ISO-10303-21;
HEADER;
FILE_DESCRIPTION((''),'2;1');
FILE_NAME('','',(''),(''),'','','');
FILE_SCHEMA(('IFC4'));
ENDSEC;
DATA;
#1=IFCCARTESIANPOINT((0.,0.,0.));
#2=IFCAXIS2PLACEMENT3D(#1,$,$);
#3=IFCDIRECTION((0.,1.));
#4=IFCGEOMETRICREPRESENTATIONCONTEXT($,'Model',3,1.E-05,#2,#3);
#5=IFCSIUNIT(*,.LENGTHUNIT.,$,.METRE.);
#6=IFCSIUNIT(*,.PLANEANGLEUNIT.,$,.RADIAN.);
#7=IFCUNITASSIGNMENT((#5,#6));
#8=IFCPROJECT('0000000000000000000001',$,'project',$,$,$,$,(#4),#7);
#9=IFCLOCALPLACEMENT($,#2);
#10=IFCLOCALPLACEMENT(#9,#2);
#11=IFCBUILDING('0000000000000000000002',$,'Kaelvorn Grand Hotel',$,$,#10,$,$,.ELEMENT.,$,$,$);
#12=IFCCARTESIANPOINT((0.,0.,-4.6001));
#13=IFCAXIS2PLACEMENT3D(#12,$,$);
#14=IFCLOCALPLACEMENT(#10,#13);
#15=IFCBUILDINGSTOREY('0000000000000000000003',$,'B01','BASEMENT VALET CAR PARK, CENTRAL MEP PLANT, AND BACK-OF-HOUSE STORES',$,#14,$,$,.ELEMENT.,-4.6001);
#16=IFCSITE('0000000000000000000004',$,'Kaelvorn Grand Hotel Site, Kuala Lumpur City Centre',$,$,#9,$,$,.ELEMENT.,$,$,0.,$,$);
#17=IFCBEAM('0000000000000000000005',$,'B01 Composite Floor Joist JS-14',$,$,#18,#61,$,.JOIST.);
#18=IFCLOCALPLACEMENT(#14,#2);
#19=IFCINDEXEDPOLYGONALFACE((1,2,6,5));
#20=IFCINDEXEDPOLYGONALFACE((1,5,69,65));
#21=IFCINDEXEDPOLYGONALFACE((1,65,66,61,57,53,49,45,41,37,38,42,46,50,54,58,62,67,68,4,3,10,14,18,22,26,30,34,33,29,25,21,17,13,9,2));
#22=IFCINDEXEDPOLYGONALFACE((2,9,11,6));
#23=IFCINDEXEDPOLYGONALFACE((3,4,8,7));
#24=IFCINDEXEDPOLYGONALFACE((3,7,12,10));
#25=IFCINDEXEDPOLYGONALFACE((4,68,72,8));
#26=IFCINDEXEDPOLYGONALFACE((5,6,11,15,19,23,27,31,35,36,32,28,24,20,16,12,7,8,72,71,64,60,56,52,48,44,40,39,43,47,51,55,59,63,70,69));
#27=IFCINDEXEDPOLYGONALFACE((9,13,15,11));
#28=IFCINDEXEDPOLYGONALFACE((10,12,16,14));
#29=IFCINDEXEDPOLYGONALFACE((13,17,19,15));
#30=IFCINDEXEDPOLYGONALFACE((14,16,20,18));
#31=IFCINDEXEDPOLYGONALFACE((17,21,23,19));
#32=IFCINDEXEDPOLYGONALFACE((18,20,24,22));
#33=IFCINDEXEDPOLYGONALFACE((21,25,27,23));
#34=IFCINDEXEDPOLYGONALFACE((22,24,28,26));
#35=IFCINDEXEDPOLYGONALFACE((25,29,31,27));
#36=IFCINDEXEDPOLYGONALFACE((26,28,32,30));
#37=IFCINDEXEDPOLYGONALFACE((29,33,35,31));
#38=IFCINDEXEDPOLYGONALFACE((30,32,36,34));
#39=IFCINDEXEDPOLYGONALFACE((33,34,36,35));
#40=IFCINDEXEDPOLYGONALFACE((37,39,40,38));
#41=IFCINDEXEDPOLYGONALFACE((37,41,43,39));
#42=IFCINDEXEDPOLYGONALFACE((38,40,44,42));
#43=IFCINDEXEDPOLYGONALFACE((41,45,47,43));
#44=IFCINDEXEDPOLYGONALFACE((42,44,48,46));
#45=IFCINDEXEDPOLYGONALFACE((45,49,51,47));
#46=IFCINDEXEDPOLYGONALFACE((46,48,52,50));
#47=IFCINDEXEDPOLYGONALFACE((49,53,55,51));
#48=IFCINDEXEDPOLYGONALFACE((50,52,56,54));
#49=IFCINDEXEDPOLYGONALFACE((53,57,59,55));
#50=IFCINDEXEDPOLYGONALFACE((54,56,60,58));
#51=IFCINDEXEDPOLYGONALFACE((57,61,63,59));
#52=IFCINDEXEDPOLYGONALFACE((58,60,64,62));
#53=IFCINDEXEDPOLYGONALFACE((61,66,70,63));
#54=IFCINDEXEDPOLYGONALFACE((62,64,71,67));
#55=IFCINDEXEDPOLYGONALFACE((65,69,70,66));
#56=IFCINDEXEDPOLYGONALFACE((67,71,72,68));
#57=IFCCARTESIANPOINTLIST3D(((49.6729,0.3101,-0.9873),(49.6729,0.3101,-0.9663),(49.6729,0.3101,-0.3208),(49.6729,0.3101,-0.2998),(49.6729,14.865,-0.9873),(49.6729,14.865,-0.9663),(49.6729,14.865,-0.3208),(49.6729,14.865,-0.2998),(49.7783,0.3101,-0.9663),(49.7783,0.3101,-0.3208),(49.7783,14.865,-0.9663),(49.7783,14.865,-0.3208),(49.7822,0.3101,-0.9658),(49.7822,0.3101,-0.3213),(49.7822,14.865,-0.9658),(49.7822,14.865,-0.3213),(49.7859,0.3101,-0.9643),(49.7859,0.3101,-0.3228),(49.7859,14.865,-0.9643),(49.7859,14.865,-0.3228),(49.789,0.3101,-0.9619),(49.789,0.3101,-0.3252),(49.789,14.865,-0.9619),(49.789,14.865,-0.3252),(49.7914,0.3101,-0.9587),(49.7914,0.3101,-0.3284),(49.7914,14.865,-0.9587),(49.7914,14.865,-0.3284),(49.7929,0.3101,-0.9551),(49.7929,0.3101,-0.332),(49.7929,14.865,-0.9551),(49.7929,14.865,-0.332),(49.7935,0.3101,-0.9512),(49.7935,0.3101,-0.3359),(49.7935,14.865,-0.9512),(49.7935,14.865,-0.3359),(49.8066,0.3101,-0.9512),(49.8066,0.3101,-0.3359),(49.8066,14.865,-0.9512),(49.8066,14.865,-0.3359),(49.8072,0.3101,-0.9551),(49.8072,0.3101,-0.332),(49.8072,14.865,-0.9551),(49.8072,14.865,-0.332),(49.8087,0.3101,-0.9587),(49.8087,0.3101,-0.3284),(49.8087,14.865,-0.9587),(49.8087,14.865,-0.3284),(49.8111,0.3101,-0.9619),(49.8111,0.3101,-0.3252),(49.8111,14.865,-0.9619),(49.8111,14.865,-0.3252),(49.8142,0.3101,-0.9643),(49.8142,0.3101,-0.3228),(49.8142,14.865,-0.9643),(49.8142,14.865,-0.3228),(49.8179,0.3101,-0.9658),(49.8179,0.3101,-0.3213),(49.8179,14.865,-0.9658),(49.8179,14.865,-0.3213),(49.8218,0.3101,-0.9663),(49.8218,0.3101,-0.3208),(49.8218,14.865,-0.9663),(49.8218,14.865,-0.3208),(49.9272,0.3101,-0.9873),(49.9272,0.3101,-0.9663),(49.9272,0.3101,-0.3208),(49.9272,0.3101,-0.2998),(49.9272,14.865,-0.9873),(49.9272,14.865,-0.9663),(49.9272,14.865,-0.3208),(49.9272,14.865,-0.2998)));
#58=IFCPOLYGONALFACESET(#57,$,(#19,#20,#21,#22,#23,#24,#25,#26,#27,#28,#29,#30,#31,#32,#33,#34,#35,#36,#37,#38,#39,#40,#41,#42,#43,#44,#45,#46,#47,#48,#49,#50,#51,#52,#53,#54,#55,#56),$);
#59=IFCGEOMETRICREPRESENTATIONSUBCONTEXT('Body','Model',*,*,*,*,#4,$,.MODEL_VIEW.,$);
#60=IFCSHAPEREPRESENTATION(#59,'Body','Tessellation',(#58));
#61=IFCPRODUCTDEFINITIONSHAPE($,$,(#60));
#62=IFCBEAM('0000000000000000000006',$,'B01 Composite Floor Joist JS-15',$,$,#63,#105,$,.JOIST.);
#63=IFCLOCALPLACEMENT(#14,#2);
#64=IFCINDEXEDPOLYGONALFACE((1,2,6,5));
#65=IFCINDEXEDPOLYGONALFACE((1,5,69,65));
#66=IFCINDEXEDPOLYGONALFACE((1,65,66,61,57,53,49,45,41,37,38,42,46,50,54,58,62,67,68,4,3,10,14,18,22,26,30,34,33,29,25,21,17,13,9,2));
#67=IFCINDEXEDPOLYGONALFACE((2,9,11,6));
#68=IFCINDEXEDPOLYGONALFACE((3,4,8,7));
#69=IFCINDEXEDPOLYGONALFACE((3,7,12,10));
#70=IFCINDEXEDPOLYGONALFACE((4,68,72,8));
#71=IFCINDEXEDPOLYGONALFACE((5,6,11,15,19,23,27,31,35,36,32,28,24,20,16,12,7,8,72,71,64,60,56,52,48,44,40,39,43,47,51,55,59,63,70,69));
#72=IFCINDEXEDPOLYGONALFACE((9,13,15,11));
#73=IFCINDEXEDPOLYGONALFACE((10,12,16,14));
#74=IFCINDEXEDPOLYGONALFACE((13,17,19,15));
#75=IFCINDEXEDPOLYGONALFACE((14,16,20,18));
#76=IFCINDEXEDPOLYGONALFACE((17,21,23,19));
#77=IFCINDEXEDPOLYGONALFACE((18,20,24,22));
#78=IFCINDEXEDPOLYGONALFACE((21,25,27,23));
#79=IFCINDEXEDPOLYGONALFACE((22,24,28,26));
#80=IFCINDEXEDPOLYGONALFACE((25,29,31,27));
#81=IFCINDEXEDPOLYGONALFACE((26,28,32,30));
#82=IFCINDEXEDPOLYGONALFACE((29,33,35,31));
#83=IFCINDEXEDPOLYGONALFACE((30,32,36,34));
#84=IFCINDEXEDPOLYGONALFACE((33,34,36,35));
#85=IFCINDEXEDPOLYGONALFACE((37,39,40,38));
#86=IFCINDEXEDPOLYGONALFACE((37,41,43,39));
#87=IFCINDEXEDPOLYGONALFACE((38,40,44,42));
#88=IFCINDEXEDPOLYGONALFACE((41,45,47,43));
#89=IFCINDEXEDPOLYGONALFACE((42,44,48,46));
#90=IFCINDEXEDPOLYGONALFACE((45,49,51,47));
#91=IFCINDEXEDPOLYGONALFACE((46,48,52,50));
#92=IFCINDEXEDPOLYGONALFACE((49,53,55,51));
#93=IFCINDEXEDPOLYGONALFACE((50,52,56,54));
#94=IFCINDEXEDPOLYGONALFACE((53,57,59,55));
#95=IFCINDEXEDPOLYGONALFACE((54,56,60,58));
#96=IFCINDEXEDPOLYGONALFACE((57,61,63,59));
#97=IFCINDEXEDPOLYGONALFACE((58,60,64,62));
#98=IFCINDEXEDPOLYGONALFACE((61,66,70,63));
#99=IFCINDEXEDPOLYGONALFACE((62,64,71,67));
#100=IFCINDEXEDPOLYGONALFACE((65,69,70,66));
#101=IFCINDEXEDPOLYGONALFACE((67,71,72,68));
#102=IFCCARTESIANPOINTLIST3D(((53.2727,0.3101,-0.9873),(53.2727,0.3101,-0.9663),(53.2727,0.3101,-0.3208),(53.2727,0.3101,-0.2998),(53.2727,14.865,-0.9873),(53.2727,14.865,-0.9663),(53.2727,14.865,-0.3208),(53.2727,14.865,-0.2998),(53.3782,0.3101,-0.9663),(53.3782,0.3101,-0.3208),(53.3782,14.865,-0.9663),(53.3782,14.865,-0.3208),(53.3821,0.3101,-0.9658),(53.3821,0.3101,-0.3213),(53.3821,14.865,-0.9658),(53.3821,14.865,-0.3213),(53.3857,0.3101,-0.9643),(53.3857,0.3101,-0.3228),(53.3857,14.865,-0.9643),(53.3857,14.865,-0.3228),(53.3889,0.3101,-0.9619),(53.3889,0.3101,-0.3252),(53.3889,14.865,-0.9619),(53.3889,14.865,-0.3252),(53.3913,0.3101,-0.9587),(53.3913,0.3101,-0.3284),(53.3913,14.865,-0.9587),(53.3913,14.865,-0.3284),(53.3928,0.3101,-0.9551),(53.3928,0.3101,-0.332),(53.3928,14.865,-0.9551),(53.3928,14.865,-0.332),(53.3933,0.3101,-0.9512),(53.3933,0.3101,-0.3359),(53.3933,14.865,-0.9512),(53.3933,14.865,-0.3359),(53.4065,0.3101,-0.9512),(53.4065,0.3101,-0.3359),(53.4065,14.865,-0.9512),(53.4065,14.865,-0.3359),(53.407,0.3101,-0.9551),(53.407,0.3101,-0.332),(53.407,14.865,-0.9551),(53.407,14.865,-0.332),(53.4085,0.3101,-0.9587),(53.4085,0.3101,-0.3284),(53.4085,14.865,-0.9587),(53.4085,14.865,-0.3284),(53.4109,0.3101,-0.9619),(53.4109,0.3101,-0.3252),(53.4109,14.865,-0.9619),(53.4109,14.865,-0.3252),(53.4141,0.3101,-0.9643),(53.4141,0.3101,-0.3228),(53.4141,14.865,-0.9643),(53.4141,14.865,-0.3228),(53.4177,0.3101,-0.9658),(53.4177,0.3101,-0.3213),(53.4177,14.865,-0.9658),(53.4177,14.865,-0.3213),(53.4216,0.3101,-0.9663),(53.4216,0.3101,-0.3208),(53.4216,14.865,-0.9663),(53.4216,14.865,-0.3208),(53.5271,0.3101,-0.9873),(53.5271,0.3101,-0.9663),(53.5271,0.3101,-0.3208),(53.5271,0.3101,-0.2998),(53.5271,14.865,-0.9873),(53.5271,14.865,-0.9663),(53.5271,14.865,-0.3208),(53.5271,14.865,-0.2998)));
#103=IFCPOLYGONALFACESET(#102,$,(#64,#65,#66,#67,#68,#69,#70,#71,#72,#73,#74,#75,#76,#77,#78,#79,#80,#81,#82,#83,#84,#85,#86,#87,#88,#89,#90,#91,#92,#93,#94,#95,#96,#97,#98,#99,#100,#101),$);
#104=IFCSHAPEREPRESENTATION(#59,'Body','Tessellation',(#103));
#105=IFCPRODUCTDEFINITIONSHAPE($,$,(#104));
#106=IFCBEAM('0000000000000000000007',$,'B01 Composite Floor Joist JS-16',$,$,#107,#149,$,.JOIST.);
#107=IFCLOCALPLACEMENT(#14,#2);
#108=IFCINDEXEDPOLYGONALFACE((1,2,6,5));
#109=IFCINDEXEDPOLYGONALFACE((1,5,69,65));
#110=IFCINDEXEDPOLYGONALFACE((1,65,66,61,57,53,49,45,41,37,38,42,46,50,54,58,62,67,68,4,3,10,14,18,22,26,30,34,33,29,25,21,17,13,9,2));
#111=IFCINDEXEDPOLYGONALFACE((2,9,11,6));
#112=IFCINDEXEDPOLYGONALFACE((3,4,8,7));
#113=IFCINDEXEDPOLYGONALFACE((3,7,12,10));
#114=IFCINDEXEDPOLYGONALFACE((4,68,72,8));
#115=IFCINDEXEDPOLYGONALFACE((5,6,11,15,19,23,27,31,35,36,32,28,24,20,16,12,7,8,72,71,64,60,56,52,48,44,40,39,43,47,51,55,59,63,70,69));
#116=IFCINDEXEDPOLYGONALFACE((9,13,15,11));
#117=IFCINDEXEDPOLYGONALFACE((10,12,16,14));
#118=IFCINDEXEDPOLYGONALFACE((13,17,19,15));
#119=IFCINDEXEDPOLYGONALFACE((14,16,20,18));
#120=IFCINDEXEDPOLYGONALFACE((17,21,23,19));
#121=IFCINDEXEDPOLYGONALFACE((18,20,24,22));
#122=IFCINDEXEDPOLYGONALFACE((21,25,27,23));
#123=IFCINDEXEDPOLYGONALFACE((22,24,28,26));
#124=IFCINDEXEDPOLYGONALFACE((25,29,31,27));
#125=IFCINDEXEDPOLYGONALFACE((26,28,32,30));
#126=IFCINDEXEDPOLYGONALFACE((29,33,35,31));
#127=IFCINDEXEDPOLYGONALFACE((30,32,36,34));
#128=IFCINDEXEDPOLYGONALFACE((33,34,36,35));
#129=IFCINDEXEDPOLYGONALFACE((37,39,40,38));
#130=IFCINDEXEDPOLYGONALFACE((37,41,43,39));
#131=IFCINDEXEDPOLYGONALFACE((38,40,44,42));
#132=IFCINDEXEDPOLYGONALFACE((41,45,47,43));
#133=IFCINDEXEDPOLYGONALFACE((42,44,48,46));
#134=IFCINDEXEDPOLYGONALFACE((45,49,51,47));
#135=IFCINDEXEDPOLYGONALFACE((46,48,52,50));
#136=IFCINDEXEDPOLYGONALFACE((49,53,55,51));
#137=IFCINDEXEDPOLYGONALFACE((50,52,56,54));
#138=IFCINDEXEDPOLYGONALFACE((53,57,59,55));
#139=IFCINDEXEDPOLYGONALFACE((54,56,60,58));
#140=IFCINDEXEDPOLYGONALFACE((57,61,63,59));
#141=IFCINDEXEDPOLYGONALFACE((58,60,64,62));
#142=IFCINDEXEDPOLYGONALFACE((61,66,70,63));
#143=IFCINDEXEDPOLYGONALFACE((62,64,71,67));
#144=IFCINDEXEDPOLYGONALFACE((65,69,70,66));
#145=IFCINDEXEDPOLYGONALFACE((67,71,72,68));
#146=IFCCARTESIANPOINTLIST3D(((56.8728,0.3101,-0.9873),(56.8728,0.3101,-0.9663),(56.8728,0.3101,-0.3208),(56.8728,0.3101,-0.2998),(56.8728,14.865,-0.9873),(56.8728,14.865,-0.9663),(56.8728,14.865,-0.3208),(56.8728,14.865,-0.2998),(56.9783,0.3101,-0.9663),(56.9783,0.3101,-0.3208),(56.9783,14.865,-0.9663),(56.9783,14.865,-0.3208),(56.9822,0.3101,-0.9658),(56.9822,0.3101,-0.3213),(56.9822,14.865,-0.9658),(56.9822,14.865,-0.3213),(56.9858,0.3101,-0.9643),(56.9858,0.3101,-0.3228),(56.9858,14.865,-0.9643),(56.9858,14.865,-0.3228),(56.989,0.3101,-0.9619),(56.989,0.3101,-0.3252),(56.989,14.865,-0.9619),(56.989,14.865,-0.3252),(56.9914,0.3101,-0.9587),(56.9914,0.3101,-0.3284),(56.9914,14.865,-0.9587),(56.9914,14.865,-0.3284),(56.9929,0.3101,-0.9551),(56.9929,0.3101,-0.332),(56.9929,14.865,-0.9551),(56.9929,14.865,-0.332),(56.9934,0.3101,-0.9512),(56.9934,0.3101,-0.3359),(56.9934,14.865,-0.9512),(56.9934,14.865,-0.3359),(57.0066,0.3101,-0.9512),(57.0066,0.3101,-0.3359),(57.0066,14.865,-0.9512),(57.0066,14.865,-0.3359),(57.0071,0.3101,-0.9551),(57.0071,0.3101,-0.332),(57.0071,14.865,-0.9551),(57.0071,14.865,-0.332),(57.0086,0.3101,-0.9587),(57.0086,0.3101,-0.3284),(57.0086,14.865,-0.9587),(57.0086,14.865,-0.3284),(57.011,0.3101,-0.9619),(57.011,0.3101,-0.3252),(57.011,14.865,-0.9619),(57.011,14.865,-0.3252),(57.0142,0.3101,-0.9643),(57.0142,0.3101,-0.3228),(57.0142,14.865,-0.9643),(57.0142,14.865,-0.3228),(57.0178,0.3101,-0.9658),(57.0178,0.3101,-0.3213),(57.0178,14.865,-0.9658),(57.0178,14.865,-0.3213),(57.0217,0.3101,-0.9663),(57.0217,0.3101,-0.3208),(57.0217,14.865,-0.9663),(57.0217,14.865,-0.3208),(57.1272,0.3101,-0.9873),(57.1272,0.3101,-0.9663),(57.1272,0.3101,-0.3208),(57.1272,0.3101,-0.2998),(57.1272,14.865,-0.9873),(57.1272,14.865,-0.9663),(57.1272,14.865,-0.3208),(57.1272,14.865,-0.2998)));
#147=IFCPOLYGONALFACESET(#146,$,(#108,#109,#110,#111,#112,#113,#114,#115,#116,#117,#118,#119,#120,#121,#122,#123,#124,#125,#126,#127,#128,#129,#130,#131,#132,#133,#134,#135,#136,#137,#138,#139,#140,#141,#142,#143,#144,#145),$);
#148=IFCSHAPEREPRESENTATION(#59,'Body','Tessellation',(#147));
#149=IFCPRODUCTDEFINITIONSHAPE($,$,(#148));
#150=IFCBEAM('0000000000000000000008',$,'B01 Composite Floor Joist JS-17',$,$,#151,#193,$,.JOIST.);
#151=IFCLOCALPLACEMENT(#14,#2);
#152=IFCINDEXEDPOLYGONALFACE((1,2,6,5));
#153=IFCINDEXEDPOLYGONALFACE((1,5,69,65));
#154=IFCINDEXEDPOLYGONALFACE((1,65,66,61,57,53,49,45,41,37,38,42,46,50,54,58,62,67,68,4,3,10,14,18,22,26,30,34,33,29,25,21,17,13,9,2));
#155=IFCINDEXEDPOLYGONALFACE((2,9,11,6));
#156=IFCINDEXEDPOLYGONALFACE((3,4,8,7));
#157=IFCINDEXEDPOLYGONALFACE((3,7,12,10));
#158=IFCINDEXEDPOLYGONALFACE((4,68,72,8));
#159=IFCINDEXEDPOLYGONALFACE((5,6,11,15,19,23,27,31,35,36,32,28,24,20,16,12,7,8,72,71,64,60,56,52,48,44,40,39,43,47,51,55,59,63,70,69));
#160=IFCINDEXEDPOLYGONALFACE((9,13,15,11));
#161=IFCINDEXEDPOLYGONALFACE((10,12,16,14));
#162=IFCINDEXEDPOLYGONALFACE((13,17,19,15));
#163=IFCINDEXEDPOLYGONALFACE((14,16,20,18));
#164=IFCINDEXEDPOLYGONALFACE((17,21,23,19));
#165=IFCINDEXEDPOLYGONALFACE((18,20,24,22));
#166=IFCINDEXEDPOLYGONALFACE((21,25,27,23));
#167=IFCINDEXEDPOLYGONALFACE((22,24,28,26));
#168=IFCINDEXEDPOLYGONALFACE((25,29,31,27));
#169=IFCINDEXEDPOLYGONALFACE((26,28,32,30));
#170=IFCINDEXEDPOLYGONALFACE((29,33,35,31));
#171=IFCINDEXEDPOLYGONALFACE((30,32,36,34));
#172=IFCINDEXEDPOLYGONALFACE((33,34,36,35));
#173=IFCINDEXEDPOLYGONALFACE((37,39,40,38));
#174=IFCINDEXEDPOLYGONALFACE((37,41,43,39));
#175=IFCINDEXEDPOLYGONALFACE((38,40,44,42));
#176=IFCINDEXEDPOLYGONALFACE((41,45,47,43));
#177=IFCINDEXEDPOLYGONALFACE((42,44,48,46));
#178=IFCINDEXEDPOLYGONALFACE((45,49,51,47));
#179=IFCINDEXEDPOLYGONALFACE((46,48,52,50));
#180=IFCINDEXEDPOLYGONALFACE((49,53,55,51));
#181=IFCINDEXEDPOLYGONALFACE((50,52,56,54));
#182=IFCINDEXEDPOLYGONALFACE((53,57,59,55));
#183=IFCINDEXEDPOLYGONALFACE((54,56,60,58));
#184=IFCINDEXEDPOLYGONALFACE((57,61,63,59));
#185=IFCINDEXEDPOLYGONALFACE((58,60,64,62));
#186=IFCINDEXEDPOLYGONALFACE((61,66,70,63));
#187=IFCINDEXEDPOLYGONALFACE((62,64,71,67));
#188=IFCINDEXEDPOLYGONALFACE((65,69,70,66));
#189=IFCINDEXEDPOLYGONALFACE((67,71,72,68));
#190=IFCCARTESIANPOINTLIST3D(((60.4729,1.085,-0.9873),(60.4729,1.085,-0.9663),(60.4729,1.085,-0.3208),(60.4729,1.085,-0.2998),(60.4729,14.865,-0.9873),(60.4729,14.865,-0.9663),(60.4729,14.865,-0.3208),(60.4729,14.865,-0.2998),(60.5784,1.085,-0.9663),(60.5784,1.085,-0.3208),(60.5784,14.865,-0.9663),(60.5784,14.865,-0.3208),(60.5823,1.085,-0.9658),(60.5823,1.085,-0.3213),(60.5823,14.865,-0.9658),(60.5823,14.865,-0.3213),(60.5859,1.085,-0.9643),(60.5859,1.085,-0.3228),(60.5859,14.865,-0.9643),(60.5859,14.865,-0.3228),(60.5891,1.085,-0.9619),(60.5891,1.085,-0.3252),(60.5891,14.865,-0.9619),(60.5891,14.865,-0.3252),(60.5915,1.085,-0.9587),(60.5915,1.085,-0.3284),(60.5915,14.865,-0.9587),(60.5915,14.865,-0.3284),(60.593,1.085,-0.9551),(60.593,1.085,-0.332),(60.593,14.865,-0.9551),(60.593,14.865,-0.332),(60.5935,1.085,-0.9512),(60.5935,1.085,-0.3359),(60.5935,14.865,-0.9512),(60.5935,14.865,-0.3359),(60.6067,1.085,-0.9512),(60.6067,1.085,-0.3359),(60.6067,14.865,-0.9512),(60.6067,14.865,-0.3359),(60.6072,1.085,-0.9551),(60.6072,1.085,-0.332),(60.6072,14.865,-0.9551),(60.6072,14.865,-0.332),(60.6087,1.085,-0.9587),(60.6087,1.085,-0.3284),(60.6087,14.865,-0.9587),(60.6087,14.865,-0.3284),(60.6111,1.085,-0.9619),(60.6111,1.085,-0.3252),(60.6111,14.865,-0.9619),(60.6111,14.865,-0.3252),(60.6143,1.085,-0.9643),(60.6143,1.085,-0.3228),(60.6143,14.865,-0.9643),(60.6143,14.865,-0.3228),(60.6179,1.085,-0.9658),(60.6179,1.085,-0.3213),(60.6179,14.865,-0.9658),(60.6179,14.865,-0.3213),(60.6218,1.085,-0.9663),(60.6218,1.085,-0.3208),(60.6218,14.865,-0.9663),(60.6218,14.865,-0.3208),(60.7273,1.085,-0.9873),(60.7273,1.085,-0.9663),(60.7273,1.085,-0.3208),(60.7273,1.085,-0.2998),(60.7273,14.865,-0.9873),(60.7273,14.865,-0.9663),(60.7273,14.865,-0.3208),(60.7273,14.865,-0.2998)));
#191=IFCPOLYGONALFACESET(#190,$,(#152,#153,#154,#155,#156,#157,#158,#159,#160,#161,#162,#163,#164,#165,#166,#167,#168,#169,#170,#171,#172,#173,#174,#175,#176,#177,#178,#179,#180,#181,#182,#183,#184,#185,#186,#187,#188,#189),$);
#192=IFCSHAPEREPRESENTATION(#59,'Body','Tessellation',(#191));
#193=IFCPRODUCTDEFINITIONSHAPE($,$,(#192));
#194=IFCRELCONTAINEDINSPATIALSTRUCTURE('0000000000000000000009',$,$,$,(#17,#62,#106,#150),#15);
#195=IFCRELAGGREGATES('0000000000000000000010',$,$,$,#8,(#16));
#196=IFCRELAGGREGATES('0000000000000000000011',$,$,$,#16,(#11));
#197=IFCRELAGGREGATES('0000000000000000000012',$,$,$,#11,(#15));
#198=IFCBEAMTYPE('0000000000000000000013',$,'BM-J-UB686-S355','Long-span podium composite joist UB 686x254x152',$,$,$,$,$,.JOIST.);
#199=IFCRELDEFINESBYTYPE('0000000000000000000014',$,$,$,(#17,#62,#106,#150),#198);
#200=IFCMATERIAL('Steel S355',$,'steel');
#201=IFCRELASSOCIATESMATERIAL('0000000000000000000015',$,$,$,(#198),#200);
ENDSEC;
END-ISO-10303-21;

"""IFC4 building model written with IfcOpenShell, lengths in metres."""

from ifc_helpers import new_model, si_unit, direction, frame, origin, origin_2d, place, context, subcontext, project, spatial, i_section, extrude, material, material_profile, profile_set, type_object, element, save


model = new_model("IFC4")

# Units and contexts
model_context = context("Model", 3, precision=1e-05, world=origin(), true_north=direction((0.0, 1.0)))
body_context = subcontext(model_context, "Body", "Model", "MODEL_VIEW")
ifc_project = project(units=[si_unit("LENGTHUNIT", "METRE"), si_unit("PLANEANGLEUNIT", "RADIAN")], contexts=[model_context])

# Site, building, storey
site_placement = place(None, origin())
site = spatial("IfcSite", under=ifc_project, at=site_placement, Name="Kaelvorn Grand Hotel Site, Kuala Lumpur City Centre", CompositionType="ELEMENT", RefElevation=0.0)
building_placement = place(site_placement, origin())
building = spatial("IfcBuilding", under=site, at=building_placement, Name="Kaelvorn Grand Hotel", CompositionType="ELEMENT")
storey_placement = place(building_placement, frame((0.0, 0.0, -4.6001)))
storey = spatial("IfcBuildingStorey", under=building, at=storey_placement, Name="B01", Description="BASEMENT VALET CAR PARK, CENTRAL MEP PLANT, AND BACK-OF-HOUSE STORES", CompositionType="ELEMENT", Elevation=-4.6001)

# Beams
ifc_material_1 = material(Name="Steel S355", Category="steel")
ifc_material_profile_1 = material_profile(ifc_material_1, i_section(OverallWidth=0.2544, OverallDepth=0.6875, WebThickness=0.0132, FlangeThickness=0.021, FilletRadius=0.0151, at=origin_2d()), Name="UB 686x254x152")
ifc_profile_set_1 = profile_set([ifc_material_profile_1], Name="Steel S355")
beam_type_1 = type_object("IfcBeamType", Name="BM-J-UB686-S355", Description="Long-span podium composite joist UB 686x254x152", PredefinedType="JOIST", material=ifc_profile_set_1)
for number, where, z_axis, x_axis, name in (
    (1, (49.8, 0.3101, -0.6436), (0.0, 1.0, 0.0), (-1.0, 0.0, 0.0), "B01 Composite Floor Joist JS-14"),
    (2, (53.3999, 0.3101, -0.6436), (0.0, 1.0, 0.0), (-1.0, 0.0, 0.0), "B01 Composite Floor Joist JS-15"),
    (3, (57.0, 0.3101, -0.6436), (0.0, 1.0, 0.0), (-1.0, 0.0, 0.0), "B01 Composite Floor Joist JS-16"),
):
    element("IfcBeam", number, at=place(storey_placement, frame(where, z_axis=z_axis, x_axis=x_axis)), inside=storey, type_object=beam_type_1, Name=name, PredefinedType="JOIST", context=body_context, shape_type="SweptSolid", body=[
        extrude(i_section(OverallWidth=0.2544, OverallDepth=0.6875, WebThickness=0.0132, FlangeThickness=0.021, FilletRadius=0.0151, at=origin_2d()), origin(), (0.0, 0.0, 1.0), 14.5549),
    ])
beam_1_placement = place(storey_placement, frame((60.6001, 1.085, -0.6436), z_axis=(0.0, 1.0, 0.0), x_axis=(-1.0, 0.0, 0.0)))
element("IfcBeam", 4, at=beam_1_placement, inside=storey, type_object=beam_type_1, Name="B01 Composite Floor Joist JS-17", PredefinedType="JOIST", context=body_context, shape_type="SweptSolid", body=[
    extrude(i_section(OverallWidth=0.2544, OverallDepth=0.6875, WebThickness=0.0132, FlangeThickness=0.021, FilletRadius=0.0151, at=origin_2d()), origin(), (0.0, 0.0, 1.0), 13.78),
])

save(model, "model.ifc")
